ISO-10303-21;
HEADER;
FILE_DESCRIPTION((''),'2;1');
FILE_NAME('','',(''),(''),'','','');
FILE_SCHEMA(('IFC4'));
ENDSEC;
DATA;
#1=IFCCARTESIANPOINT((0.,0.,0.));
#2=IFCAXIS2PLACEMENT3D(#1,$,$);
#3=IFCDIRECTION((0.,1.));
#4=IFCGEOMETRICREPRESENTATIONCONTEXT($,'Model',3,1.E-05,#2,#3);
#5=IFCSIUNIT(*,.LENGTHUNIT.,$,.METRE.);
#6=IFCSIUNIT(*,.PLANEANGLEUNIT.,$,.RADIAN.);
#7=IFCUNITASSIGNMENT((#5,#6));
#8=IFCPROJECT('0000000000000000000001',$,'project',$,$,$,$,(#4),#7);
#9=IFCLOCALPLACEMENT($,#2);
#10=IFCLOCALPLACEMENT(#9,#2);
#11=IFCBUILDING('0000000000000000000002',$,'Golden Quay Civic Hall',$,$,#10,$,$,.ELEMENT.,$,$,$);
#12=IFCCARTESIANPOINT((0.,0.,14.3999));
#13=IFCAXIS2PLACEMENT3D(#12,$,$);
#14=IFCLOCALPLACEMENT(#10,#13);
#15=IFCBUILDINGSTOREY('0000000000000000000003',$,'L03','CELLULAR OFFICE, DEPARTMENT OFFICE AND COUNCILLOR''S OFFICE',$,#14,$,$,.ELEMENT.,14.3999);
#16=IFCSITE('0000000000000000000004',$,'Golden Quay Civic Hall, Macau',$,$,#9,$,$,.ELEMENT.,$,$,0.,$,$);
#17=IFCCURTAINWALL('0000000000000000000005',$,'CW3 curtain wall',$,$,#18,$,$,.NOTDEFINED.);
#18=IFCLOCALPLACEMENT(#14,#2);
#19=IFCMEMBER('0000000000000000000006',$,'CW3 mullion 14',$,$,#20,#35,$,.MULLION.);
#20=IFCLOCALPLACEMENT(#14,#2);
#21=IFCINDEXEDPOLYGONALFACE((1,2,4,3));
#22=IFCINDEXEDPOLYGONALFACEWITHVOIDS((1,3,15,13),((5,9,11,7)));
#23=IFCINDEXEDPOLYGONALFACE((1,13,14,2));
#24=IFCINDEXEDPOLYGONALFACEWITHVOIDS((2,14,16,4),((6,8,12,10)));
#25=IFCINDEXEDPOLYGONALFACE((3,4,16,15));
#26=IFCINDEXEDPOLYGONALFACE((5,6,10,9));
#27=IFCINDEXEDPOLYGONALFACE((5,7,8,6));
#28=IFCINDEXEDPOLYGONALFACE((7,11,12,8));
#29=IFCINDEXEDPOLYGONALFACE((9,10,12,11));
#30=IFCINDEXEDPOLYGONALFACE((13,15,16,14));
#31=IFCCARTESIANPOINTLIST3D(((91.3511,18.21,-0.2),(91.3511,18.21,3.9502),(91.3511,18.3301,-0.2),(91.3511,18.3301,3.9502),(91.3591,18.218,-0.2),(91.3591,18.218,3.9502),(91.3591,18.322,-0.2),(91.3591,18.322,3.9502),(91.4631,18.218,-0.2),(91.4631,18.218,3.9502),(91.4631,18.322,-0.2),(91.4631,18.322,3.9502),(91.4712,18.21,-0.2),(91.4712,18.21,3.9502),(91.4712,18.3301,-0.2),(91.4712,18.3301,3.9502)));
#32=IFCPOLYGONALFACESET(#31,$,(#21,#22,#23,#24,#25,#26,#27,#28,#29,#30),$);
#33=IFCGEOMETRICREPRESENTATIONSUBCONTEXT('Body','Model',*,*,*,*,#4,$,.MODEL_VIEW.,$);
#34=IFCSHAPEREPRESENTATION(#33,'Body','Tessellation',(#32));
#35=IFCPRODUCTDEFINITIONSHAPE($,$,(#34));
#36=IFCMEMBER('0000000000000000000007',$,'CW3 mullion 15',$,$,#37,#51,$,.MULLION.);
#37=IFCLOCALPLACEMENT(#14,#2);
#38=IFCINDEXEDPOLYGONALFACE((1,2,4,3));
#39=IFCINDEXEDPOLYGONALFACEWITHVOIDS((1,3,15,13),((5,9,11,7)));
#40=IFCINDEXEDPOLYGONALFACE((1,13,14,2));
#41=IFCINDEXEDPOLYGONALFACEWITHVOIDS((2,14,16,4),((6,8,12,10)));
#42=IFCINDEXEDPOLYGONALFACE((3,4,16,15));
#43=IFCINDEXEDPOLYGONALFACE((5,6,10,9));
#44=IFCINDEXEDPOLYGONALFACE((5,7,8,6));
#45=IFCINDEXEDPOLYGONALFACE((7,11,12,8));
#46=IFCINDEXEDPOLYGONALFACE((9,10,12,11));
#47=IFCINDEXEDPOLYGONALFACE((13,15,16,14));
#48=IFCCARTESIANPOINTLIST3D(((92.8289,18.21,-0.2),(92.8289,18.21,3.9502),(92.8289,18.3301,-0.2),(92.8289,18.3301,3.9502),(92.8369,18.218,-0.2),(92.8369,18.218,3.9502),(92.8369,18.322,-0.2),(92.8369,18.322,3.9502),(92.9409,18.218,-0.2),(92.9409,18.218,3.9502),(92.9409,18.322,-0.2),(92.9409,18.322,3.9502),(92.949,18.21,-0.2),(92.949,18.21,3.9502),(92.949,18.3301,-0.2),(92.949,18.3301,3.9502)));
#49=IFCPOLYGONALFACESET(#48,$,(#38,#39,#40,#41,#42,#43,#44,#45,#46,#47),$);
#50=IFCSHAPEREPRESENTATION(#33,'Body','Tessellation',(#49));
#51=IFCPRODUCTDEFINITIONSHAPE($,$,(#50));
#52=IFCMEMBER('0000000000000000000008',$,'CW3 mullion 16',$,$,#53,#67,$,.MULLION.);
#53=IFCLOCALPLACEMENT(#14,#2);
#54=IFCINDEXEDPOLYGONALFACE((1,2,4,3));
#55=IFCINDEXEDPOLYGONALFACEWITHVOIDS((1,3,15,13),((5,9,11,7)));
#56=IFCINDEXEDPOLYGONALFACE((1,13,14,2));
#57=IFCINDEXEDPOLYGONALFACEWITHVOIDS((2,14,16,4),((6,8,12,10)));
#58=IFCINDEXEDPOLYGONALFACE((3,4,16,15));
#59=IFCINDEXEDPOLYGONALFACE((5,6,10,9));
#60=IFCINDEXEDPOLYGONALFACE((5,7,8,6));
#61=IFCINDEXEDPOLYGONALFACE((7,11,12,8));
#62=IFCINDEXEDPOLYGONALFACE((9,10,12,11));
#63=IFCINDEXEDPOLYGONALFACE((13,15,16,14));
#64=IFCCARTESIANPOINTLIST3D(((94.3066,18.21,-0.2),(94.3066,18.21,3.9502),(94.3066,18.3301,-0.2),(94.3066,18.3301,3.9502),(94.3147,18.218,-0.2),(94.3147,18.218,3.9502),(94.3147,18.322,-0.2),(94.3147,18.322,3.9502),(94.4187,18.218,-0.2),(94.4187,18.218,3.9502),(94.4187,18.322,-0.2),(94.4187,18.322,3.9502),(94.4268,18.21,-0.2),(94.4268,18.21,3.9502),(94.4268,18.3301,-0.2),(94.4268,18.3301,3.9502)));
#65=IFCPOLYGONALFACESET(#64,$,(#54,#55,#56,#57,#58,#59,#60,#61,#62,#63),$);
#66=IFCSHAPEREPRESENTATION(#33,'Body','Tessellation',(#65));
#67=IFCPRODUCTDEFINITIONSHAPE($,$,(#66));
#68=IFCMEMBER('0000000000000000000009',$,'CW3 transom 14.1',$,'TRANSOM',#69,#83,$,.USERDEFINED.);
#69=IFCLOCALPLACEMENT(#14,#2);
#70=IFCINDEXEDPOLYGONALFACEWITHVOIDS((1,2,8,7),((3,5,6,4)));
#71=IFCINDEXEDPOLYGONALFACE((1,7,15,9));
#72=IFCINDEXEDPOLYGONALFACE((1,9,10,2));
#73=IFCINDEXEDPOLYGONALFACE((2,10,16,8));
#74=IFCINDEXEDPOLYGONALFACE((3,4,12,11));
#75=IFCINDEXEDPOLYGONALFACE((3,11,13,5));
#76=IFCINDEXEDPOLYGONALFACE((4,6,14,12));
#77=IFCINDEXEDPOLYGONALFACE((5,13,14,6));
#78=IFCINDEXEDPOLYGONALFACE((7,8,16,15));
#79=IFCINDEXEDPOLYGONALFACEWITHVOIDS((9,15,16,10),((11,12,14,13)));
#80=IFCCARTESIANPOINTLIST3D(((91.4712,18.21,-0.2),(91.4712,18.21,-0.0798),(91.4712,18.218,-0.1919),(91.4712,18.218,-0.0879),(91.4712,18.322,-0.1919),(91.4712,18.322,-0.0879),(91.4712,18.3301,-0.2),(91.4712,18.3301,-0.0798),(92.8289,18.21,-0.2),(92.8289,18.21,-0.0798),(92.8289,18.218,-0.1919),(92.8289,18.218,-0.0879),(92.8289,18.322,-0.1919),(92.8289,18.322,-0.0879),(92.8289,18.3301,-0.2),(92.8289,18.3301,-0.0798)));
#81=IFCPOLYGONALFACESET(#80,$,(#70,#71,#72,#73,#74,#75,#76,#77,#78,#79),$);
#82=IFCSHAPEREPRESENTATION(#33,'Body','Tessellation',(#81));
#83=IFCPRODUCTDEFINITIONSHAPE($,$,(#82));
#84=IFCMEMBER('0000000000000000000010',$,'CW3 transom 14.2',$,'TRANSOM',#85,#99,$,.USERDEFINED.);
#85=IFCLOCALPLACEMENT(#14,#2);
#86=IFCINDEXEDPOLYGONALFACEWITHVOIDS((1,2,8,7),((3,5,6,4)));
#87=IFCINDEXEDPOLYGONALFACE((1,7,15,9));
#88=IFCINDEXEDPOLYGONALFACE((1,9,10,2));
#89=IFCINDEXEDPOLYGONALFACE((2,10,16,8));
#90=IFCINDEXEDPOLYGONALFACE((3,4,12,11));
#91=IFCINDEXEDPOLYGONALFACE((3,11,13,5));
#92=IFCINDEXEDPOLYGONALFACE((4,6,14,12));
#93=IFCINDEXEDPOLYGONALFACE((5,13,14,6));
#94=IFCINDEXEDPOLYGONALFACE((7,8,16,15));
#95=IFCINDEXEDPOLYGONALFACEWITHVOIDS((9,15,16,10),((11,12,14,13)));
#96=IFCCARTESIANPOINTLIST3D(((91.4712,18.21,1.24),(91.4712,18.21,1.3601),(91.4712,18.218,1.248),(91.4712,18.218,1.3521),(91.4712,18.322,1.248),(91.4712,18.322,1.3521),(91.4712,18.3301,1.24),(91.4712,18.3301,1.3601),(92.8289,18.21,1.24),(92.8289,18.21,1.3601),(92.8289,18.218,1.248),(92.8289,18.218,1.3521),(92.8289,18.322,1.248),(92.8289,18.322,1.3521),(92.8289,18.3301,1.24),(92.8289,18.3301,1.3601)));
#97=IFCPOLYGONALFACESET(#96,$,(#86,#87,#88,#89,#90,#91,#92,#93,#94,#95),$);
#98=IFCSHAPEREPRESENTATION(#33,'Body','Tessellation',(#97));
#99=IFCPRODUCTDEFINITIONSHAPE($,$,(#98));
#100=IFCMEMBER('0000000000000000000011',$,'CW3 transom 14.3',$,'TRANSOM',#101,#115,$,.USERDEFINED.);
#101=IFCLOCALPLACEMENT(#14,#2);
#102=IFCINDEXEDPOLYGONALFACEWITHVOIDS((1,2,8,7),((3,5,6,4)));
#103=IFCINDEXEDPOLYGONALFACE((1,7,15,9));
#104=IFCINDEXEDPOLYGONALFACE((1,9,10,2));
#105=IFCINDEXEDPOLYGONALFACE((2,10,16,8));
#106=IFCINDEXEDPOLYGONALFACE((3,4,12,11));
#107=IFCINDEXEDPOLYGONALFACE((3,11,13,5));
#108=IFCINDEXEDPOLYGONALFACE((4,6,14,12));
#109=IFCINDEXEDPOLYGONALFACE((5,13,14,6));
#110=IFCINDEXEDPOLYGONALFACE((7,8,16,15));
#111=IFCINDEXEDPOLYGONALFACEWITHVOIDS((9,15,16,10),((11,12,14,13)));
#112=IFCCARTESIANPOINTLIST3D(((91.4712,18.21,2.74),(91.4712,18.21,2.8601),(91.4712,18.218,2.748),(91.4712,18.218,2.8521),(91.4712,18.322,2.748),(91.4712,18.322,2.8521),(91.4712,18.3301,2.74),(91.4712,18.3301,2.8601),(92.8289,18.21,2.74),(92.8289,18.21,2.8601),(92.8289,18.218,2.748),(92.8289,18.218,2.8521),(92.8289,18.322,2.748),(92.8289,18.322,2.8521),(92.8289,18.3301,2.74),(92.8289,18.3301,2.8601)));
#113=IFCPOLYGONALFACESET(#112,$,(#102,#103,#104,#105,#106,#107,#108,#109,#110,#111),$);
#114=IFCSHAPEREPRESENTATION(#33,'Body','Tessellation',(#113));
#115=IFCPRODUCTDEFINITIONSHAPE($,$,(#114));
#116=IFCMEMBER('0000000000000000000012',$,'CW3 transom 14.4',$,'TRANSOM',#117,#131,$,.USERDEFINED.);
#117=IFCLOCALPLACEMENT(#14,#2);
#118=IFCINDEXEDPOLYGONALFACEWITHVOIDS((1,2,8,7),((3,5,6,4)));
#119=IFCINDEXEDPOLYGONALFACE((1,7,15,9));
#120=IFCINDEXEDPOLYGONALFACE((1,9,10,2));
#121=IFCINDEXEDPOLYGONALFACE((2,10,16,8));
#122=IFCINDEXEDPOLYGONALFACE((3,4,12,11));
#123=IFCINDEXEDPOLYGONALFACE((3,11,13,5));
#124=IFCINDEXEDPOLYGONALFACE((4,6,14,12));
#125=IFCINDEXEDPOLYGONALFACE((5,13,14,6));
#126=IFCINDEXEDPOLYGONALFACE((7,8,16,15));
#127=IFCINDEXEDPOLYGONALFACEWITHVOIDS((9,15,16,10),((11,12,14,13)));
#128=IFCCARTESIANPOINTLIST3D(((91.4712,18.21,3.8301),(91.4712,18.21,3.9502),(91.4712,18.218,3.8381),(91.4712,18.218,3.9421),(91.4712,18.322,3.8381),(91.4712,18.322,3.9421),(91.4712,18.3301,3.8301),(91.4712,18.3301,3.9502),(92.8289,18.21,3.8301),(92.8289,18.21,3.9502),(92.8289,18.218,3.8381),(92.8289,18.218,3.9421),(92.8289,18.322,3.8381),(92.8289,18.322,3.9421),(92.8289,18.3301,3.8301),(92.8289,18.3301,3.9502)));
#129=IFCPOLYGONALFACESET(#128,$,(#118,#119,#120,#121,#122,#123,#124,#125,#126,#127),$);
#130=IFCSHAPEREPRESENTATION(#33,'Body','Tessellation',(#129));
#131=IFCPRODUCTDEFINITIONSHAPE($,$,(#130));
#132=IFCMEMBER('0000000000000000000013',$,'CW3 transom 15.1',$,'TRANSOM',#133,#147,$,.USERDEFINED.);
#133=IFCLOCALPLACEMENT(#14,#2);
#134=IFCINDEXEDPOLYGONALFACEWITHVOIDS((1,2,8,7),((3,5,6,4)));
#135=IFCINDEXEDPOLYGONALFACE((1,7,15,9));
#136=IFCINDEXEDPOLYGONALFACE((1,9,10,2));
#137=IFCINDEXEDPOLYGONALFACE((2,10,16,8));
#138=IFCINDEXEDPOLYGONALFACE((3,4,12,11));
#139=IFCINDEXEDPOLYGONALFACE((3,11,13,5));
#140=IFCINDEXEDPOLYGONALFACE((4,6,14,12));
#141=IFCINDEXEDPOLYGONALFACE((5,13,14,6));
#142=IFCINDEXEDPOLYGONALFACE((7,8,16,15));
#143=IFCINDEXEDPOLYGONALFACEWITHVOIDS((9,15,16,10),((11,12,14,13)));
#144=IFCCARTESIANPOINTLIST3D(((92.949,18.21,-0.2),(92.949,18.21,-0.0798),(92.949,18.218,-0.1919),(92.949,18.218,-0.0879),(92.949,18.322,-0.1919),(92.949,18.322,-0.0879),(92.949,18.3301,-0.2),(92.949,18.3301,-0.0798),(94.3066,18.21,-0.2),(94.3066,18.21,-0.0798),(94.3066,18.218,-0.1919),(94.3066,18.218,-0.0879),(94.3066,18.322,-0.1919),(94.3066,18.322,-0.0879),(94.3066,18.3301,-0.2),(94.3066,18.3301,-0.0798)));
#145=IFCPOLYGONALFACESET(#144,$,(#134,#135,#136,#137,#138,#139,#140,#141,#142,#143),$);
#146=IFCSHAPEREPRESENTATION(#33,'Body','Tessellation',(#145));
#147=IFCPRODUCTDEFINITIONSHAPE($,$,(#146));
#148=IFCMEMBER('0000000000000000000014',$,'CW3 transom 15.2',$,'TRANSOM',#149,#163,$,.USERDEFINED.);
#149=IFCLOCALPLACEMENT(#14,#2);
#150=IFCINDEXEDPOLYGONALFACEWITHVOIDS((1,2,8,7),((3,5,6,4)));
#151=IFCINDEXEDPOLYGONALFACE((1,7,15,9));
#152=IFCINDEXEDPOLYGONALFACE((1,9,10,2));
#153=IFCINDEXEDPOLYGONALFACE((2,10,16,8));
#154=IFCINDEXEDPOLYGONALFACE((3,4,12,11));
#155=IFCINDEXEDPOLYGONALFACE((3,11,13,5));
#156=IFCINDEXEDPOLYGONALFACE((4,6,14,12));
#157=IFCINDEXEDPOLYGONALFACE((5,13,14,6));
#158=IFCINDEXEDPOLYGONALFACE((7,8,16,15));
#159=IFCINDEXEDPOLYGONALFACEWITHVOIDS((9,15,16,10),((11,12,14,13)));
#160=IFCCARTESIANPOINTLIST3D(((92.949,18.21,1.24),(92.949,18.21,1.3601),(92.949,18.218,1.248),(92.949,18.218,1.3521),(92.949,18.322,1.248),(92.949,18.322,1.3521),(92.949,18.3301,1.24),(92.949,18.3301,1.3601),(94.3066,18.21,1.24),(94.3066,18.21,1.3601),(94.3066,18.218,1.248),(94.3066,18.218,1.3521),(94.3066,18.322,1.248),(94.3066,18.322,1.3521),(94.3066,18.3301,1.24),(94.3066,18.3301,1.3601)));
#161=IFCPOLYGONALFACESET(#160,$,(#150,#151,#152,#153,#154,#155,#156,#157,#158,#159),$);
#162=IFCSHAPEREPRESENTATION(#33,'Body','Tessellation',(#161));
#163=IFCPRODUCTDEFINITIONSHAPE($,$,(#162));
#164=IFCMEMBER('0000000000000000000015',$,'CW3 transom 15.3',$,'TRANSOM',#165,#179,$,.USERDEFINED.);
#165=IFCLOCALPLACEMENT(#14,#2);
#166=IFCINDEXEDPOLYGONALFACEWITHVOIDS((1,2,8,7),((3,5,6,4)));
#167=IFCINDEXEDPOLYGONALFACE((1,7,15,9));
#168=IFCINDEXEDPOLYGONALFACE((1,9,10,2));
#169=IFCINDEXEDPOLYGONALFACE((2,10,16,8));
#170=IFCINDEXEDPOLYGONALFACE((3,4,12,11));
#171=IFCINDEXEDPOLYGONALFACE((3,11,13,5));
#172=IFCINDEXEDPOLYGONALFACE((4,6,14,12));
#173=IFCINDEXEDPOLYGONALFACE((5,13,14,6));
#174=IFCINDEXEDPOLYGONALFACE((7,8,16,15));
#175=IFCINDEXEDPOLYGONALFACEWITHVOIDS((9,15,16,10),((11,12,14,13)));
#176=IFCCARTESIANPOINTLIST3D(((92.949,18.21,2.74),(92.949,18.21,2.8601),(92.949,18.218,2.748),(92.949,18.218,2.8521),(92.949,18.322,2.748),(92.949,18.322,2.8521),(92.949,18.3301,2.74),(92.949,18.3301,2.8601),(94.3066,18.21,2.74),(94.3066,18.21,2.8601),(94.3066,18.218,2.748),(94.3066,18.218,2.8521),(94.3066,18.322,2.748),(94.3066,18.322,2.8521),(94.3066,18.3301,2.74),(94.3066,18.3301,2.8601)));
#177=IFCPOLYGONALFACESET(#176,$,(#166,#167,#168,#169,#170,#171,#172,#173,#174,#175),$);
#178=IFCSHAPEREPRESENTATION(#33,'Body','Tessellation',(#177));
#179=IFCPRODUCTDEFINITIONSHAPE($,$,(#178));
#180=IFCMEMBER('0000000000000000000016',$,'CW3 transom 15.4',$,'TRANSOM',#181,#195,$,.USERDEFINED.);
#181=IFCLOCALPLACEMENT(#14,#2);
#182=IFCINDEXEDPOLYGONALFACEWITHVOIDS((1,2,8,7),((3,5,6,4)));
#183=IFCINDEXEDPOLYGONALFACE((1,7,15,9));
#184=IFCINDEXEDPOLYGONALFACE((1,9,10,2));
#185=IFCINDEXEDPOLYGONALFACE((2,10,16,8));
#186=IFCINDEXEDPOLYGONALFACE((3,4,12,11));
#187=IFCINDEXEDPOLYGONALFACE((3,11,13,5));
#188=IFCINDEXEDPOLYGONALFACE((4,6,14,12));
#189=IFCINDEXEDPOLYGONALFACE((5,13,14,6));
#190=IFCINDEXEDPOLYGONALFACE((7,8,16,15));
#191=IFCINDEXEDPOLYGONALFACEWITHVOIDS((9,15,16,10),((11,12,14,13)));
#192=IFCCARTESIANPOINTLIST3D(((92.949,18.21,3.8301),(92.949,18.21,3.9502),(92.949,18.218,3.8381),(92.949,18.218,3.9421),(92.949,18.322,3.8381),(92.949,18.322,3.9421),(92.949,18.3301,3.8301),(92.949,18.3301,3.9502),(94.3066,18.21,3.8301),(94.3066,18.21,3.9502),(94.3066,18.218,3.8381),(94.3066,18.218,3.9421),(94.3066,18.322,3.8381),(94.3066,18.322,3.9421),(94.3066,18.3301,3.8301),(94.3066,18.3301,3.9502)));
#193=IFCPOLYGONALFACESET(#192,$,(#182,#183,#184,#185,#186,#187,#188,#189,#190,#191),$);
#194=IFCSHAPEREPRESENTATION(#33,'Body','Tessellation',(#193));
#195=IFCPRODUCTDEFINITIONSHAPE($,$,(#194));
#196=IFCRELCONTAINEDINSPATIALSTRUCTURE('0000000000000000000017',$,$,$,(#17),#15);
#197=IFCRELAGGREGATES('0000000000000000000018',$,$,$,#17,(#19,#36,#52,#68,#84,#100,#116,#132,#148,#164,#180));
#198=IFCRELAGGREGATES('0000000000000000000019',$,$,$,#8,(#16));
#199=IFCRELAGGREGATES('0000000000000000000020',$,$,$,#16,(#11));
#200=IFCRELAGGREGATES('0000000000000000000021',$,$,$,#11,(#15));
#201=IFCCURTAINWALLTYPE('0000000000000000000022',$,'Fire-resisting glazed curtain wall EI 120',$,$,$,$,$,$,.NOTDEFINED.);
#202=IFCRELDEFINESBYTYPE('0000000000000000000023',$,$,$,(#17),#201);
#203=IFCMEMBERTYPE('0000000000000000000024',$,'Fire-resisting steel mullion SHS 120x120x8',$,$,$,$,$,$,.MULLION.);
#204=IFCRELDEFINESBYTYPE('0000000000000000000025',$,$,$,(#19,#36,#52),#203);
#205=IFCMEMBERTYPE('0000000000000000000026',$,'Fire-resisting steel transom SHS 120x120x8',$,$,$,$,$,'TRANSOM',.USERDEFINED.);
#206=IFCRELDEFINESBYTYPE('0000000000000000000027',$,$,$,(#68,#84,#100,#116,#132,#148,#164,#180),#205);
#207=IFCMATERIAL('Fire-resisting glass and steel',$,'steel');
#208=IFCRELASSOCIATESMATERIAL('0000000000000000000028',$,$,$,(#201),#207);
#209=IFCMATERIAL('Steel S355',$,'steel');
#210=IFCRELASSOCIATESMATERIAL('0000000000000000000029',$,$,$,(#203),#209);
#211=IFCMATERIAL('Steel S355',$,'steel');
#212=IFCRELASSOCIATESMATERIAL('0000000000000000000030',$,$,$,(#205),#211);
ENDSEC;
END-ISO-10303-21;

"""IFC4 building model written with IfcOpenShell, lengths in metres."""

from ifc_helpers import new_model, si_unit, direction, frame, origin, origin_2d, place, context, subcontext, project, spatial, hollow_rectangle, extrude, material, material_profile, profile_set, type_object, element, aggregate, save


model = new_model("IFC4")

# Units and contexts
model_context = context("Model", 3, precision=1e-05, world=origin(), true_north=direction((0.0, 1.0)))
body_context = subcontext(model_context, "Body", "Model", "MODEL_VIEW")
ifc_project = project(units=[si_unit("LENGTHUNIT", "METRE"), si_unit("PLANEANGLEUNIT", "RADIAN")], contexts=[model_context])

# Site, building, storey
site_placement = place(None, origin())
site = spatial("IfcSite", under=ifc_project, at=site_placement, Name="Golden Quay Civic Hall, Macau", CompositionType="ELEMENT", RefElevation=0.0)
building_placement = place(site_placement, origin())
building = spatial("IfcBuilding", under=site, at=building_placement, Name="Golden Quay Civic Hall", CompositionType="ELEMENT")
storey_placement = place(building_placement, frame((0.0, 0.0, 14.3999)))
storey = spatial("IfcBuildingStorey", under=building, at=storey_placement, Name="L03", Description="CELLULAR OFFICE, DEPARTMENT OFFICE AND COUNCILLOR'S OFFICE", CompositionType="ELEMENT", Elevation=14.3999)

# Curtain wall, members
ifc_material_1 = material(Name="Fire-resisting glass and steel", Category="steel")
curtain_wall_type = type_object("IfcCurtainWallType", Name="Fire-resisting glazed curtain wall EI 120", PredefinedType="NOTDEFINED", material=ifc_material_1)
curtain_wall_placement = place(storey_placement, origin())
curtain_wall = element("IfcCurtainWall", 1, at=curtain_wall_placement, inside=storey, type_object=curtain_wall_type, Name="CW3 curtain wall", PredefinedType="NOTDEFINED")
ifc_material_2 = material(Name="Steel S355", Category="steel")
ifc_material_profile_1 = material_profile(ifc_material_2, hollow_rectangle(XDim=0.1201, YDim=0.1201, WallThickness=0.0081, at=origin_2d()), Name="SHS 120x120x8")
ifc_profile_set_1 = profile_set([ifc_material_profile_1], Name="Steel S355")
member_type_1 = type_object("IfcMemberType", Name="Fire-resisting steel mullion SHS 120x120x8", PredefinedType="MULLION", material=ifc_profile_set_1)
member_1_placement = place(storey_placement, frame((91.4111, 18.27, -0.2), z_axis=(0.0, 0.0, 1.0), x_axis=(0.0, 1.0, 0.0)))
member_1 = element("IfcMember", 2, at=member_1_placement, type_object=member_type_1, Name="CW3 mullion 14", PredefinedType="MULLION", context=body_context, shape_type="SweptSolid", body=[
    extrude(hollow_rectangle(XDim=0.1201, YDim=0.1201, WallThickness=0.0081, at=origin_2d()), origin(), (0.0, 0.0, 1.0), 4.1501),
])
member_2_placement = place(storey_placement, frame((92.8889, 18.27, -0.2), z_axis=(0.0, 0.0, 1.0), x_axis=(0.0, 1.0, 0.0)))
member_2 = element("IfcMember", 3, at=member_2_placement, type_object=member_type_1, Name="CW3 mullion 15", PredefinedType="MULLION", context=body_context, shape_type="SweptSolid", body=[
    extrude(hollow_rectangle(XDim=0.1201, YDim=0.1201, WallThickness=0.0081, at=origin_2d()), origin(), (0.0, 0.0, 1.0), 4.1501),
])
member_3_placement = place(storey_placement, frame((94.3667, 18.27, -0.2), z_axis=(0.0, 0.0, 1.0), x_axis=(0.0, 1.0, 0.0)))
member_3 = element("IfcMember", 4, at=member_3_placement, type_object=member_type_1, Name="CW3 mullion 16", PredefinedType="MULLION", context=body_context, shape_type="SweptSolid", body=[
    extrude(hollow_rectangle(XDim=0.1201, YDim=0.1201, WallThickness=0.0081, at=origin_2d()), origin(), (0.0, 0.0, 1.0), 4.1501),
])
ifc_material_3 = material(Name="Steel S355", Category="steel")
ifc_material_profile_2 = material_profile(ifc_material_3, hollow_rectangle(XDim=0.1201, YDim=0.1201, WallThickness=0.0081, at=origin_2d()), Name="SHS 120x120x8")
ifc_profile_set_2 = profile_set([ifc_material_profile_2], Name="Steel S355")
member_type_2 = type_object("IfcMemberType", Name="Fire-resisting steel transom SHS 120x120x8", ElementType="TRANSOM", PredefinedType="USERDEFINED", material=ifc_profile_set_2)
member_4_placement = place(storey_placement, frame((91.4712, 18.27, -0.1399), z_axis=(1.0, 0.0, 0.0), x_axis=(0.0, 1.0, 0.0)))
member_4 = element("IfcMember", 5, at=member_4_placement, type_object=member_type_2, Name="CW3 transom 14.1", ObjectType="TRANSOM", PredefinedType="USERDEFINED", context=body_context, shape_type="SweptSolid", body=[
    extrude(hollow_rectangle(XDim=0.1201, YDim=0.1201, WallThickness=0.0081, at=origin_2d()), origin(), (0.0, 0.0, 1.0), 1.3577),
])
member_5_placement = place(storey_placement, frame((91.4712, 18.27, 1.3), z_axis=(1.0, 0.0, 0.0), x_axis=(0.0, 1.0, 0.0)))
member_5 = element("IfcMember", 6, at=member_5_placement, type_object=member_type_2, Name="CW3 transom 14.2", ObjectType="TRANSOM", PredefinedType="USERDEFINED", context=body_context, shape_type="SweptSolid", body=[
    extrude(hollow_rectangle(XDim=0.1201, YDim=0.1201, WallThickness=0.0081, at=origin_2d()), origin(), (0.0, 0.0, 1.0), 1.3577),
])
member_6_placement = place(storey_placement, frame((91.4712, 18.27, 2.8), z_axis=(1.0, 0.0, 0.0), x_axis=(0.0, 1.0, 0.0)))
member_6 = element("IfcMember", 7, at=member_6_placement, type_object=member_type_2, Name="CW3 transom 14.3", ObjectType="TRANSOM", PredefinedType="USERDEFINED", context=body_context, shape_type="SweptSolid", body=[
    extrude(hollow_rectangle(XDim=0.1201, YDim=0.1201, WallThickness=0.0081, at=origin_2d()), origin(), (0.0, 0.0, 1.0), 1.3577),
])
member_7_placement = place(storey_placement, frame((91.4712, 18.27, 3.8901), z_axis=(1.0, 0.0, 0.0), x_axis=(0.0, 1.0, 0.0)))
member_7 = element("IfcMember", 8, at=member_7_placement, type_object=member_type_2, Name="CW3 transom 14.4", ObjectType="TRANSOM", PredefinedType="USERDEFINED", context=body_context, shape_type="SweptSolid", body=[
    extrude(hollow_rectangle(XDim=0.1201, YDim=0.1201, WallThickness=0.0081, at=origin_2d()), origin(), (0.0, 0.0, 1.0), 1.3577),
])
member_8_placement = place(storey_placement, frame((92.949, 18.27, -0.1399), z_axis=(1.0, 0.0, 0.0), x_axis=(0.0, 1.0, 0.0)))
member_8 = element("IfcMember", 9, at=member_8_placement, type_object=member_type_2, Name="CW3 transom 15.1", ObjectType="TRANSOM", PredefinedType="USERDEFINED", context=body_context, shape_type="SweptSolid", body=[
    extrude(hollow_rectangle(XDim=0.1201, YDim=0.1201, WallThickness=0.0081, at=origin_2d()), origin(), (0.0, 0.0, 1.0), 1.3577),
])
member_9_placement = place(storey_placement, frame((92.949, 18.27, 1.3), z_axis=(1.0, 0.0, 0.0), x_axis=(0.0, 1.0, 0.0)))
member_9 = element("IfcMember", 10, at=member_9_placement, type_object=member_type_2, Name="CW3 transom 15.2", ObjectType="TRANSOM", PredefinedType="USERDEFINED", context=body_context, shape_type="SweptSolid", body=[
    extrude(hollow_rectangle(XDim=0.1201, YDim=0.1201, WallThickness=0.0081, at=origin_2d()), origin(), (0.0, 0.0, 1.0), 1.3577),
])
member_10_placement = place(storey_placement, frame((92.949, 18.27, 2.8), z_axis=(1.0, 0.0, 0.0), x_axis=(0.0, 1.0, 0.0)))
member_10 = element("IfcMember", 11, at=member_10_placement, type_object=member_type_2, Name="CW3 transom 15.3", ObjectType="TRANSOM", PredefinedType="USERDEFINED", context=body_context, shape_type="SweptSolid", body=[
    extrude(hollow_rectangle(XDim=0.1201, YDim=0.1201, WallThickness=0.0081, at=origin_2d()), origin(), (0.0, 0.0, 1.0), 1.3577),
])
member_11_placement = place(storey_placement, frame((92.949, 18.27, 3.8901), z_axis=(1.0, 0.0, 0.0), x_axis=(0.0, 1.0, 0.0)))
member_11 = element("IfcMember", 12, at=member_11_placement, type_object=member_type_2, Name="CW3 transom 15.4", ObjectType="TRANSOM", PredefinedType="USERDEFINED", context=body_context, shape_type="SweptSolid", body=[
    extrude(hollow_rectangle(XDim=0.1201, YDim=0.1201, WallThickness=0.0081, at=origin_2d()), origin(), (0.0, 0.0, 1.0), 1.3577),
])
aggregate(curtain_wall, [member_1, member_2, member_3, member_4, member_5, member_6, member_7, member_8, member_9, member_10, member_11])

save(model, "model.ifc")
